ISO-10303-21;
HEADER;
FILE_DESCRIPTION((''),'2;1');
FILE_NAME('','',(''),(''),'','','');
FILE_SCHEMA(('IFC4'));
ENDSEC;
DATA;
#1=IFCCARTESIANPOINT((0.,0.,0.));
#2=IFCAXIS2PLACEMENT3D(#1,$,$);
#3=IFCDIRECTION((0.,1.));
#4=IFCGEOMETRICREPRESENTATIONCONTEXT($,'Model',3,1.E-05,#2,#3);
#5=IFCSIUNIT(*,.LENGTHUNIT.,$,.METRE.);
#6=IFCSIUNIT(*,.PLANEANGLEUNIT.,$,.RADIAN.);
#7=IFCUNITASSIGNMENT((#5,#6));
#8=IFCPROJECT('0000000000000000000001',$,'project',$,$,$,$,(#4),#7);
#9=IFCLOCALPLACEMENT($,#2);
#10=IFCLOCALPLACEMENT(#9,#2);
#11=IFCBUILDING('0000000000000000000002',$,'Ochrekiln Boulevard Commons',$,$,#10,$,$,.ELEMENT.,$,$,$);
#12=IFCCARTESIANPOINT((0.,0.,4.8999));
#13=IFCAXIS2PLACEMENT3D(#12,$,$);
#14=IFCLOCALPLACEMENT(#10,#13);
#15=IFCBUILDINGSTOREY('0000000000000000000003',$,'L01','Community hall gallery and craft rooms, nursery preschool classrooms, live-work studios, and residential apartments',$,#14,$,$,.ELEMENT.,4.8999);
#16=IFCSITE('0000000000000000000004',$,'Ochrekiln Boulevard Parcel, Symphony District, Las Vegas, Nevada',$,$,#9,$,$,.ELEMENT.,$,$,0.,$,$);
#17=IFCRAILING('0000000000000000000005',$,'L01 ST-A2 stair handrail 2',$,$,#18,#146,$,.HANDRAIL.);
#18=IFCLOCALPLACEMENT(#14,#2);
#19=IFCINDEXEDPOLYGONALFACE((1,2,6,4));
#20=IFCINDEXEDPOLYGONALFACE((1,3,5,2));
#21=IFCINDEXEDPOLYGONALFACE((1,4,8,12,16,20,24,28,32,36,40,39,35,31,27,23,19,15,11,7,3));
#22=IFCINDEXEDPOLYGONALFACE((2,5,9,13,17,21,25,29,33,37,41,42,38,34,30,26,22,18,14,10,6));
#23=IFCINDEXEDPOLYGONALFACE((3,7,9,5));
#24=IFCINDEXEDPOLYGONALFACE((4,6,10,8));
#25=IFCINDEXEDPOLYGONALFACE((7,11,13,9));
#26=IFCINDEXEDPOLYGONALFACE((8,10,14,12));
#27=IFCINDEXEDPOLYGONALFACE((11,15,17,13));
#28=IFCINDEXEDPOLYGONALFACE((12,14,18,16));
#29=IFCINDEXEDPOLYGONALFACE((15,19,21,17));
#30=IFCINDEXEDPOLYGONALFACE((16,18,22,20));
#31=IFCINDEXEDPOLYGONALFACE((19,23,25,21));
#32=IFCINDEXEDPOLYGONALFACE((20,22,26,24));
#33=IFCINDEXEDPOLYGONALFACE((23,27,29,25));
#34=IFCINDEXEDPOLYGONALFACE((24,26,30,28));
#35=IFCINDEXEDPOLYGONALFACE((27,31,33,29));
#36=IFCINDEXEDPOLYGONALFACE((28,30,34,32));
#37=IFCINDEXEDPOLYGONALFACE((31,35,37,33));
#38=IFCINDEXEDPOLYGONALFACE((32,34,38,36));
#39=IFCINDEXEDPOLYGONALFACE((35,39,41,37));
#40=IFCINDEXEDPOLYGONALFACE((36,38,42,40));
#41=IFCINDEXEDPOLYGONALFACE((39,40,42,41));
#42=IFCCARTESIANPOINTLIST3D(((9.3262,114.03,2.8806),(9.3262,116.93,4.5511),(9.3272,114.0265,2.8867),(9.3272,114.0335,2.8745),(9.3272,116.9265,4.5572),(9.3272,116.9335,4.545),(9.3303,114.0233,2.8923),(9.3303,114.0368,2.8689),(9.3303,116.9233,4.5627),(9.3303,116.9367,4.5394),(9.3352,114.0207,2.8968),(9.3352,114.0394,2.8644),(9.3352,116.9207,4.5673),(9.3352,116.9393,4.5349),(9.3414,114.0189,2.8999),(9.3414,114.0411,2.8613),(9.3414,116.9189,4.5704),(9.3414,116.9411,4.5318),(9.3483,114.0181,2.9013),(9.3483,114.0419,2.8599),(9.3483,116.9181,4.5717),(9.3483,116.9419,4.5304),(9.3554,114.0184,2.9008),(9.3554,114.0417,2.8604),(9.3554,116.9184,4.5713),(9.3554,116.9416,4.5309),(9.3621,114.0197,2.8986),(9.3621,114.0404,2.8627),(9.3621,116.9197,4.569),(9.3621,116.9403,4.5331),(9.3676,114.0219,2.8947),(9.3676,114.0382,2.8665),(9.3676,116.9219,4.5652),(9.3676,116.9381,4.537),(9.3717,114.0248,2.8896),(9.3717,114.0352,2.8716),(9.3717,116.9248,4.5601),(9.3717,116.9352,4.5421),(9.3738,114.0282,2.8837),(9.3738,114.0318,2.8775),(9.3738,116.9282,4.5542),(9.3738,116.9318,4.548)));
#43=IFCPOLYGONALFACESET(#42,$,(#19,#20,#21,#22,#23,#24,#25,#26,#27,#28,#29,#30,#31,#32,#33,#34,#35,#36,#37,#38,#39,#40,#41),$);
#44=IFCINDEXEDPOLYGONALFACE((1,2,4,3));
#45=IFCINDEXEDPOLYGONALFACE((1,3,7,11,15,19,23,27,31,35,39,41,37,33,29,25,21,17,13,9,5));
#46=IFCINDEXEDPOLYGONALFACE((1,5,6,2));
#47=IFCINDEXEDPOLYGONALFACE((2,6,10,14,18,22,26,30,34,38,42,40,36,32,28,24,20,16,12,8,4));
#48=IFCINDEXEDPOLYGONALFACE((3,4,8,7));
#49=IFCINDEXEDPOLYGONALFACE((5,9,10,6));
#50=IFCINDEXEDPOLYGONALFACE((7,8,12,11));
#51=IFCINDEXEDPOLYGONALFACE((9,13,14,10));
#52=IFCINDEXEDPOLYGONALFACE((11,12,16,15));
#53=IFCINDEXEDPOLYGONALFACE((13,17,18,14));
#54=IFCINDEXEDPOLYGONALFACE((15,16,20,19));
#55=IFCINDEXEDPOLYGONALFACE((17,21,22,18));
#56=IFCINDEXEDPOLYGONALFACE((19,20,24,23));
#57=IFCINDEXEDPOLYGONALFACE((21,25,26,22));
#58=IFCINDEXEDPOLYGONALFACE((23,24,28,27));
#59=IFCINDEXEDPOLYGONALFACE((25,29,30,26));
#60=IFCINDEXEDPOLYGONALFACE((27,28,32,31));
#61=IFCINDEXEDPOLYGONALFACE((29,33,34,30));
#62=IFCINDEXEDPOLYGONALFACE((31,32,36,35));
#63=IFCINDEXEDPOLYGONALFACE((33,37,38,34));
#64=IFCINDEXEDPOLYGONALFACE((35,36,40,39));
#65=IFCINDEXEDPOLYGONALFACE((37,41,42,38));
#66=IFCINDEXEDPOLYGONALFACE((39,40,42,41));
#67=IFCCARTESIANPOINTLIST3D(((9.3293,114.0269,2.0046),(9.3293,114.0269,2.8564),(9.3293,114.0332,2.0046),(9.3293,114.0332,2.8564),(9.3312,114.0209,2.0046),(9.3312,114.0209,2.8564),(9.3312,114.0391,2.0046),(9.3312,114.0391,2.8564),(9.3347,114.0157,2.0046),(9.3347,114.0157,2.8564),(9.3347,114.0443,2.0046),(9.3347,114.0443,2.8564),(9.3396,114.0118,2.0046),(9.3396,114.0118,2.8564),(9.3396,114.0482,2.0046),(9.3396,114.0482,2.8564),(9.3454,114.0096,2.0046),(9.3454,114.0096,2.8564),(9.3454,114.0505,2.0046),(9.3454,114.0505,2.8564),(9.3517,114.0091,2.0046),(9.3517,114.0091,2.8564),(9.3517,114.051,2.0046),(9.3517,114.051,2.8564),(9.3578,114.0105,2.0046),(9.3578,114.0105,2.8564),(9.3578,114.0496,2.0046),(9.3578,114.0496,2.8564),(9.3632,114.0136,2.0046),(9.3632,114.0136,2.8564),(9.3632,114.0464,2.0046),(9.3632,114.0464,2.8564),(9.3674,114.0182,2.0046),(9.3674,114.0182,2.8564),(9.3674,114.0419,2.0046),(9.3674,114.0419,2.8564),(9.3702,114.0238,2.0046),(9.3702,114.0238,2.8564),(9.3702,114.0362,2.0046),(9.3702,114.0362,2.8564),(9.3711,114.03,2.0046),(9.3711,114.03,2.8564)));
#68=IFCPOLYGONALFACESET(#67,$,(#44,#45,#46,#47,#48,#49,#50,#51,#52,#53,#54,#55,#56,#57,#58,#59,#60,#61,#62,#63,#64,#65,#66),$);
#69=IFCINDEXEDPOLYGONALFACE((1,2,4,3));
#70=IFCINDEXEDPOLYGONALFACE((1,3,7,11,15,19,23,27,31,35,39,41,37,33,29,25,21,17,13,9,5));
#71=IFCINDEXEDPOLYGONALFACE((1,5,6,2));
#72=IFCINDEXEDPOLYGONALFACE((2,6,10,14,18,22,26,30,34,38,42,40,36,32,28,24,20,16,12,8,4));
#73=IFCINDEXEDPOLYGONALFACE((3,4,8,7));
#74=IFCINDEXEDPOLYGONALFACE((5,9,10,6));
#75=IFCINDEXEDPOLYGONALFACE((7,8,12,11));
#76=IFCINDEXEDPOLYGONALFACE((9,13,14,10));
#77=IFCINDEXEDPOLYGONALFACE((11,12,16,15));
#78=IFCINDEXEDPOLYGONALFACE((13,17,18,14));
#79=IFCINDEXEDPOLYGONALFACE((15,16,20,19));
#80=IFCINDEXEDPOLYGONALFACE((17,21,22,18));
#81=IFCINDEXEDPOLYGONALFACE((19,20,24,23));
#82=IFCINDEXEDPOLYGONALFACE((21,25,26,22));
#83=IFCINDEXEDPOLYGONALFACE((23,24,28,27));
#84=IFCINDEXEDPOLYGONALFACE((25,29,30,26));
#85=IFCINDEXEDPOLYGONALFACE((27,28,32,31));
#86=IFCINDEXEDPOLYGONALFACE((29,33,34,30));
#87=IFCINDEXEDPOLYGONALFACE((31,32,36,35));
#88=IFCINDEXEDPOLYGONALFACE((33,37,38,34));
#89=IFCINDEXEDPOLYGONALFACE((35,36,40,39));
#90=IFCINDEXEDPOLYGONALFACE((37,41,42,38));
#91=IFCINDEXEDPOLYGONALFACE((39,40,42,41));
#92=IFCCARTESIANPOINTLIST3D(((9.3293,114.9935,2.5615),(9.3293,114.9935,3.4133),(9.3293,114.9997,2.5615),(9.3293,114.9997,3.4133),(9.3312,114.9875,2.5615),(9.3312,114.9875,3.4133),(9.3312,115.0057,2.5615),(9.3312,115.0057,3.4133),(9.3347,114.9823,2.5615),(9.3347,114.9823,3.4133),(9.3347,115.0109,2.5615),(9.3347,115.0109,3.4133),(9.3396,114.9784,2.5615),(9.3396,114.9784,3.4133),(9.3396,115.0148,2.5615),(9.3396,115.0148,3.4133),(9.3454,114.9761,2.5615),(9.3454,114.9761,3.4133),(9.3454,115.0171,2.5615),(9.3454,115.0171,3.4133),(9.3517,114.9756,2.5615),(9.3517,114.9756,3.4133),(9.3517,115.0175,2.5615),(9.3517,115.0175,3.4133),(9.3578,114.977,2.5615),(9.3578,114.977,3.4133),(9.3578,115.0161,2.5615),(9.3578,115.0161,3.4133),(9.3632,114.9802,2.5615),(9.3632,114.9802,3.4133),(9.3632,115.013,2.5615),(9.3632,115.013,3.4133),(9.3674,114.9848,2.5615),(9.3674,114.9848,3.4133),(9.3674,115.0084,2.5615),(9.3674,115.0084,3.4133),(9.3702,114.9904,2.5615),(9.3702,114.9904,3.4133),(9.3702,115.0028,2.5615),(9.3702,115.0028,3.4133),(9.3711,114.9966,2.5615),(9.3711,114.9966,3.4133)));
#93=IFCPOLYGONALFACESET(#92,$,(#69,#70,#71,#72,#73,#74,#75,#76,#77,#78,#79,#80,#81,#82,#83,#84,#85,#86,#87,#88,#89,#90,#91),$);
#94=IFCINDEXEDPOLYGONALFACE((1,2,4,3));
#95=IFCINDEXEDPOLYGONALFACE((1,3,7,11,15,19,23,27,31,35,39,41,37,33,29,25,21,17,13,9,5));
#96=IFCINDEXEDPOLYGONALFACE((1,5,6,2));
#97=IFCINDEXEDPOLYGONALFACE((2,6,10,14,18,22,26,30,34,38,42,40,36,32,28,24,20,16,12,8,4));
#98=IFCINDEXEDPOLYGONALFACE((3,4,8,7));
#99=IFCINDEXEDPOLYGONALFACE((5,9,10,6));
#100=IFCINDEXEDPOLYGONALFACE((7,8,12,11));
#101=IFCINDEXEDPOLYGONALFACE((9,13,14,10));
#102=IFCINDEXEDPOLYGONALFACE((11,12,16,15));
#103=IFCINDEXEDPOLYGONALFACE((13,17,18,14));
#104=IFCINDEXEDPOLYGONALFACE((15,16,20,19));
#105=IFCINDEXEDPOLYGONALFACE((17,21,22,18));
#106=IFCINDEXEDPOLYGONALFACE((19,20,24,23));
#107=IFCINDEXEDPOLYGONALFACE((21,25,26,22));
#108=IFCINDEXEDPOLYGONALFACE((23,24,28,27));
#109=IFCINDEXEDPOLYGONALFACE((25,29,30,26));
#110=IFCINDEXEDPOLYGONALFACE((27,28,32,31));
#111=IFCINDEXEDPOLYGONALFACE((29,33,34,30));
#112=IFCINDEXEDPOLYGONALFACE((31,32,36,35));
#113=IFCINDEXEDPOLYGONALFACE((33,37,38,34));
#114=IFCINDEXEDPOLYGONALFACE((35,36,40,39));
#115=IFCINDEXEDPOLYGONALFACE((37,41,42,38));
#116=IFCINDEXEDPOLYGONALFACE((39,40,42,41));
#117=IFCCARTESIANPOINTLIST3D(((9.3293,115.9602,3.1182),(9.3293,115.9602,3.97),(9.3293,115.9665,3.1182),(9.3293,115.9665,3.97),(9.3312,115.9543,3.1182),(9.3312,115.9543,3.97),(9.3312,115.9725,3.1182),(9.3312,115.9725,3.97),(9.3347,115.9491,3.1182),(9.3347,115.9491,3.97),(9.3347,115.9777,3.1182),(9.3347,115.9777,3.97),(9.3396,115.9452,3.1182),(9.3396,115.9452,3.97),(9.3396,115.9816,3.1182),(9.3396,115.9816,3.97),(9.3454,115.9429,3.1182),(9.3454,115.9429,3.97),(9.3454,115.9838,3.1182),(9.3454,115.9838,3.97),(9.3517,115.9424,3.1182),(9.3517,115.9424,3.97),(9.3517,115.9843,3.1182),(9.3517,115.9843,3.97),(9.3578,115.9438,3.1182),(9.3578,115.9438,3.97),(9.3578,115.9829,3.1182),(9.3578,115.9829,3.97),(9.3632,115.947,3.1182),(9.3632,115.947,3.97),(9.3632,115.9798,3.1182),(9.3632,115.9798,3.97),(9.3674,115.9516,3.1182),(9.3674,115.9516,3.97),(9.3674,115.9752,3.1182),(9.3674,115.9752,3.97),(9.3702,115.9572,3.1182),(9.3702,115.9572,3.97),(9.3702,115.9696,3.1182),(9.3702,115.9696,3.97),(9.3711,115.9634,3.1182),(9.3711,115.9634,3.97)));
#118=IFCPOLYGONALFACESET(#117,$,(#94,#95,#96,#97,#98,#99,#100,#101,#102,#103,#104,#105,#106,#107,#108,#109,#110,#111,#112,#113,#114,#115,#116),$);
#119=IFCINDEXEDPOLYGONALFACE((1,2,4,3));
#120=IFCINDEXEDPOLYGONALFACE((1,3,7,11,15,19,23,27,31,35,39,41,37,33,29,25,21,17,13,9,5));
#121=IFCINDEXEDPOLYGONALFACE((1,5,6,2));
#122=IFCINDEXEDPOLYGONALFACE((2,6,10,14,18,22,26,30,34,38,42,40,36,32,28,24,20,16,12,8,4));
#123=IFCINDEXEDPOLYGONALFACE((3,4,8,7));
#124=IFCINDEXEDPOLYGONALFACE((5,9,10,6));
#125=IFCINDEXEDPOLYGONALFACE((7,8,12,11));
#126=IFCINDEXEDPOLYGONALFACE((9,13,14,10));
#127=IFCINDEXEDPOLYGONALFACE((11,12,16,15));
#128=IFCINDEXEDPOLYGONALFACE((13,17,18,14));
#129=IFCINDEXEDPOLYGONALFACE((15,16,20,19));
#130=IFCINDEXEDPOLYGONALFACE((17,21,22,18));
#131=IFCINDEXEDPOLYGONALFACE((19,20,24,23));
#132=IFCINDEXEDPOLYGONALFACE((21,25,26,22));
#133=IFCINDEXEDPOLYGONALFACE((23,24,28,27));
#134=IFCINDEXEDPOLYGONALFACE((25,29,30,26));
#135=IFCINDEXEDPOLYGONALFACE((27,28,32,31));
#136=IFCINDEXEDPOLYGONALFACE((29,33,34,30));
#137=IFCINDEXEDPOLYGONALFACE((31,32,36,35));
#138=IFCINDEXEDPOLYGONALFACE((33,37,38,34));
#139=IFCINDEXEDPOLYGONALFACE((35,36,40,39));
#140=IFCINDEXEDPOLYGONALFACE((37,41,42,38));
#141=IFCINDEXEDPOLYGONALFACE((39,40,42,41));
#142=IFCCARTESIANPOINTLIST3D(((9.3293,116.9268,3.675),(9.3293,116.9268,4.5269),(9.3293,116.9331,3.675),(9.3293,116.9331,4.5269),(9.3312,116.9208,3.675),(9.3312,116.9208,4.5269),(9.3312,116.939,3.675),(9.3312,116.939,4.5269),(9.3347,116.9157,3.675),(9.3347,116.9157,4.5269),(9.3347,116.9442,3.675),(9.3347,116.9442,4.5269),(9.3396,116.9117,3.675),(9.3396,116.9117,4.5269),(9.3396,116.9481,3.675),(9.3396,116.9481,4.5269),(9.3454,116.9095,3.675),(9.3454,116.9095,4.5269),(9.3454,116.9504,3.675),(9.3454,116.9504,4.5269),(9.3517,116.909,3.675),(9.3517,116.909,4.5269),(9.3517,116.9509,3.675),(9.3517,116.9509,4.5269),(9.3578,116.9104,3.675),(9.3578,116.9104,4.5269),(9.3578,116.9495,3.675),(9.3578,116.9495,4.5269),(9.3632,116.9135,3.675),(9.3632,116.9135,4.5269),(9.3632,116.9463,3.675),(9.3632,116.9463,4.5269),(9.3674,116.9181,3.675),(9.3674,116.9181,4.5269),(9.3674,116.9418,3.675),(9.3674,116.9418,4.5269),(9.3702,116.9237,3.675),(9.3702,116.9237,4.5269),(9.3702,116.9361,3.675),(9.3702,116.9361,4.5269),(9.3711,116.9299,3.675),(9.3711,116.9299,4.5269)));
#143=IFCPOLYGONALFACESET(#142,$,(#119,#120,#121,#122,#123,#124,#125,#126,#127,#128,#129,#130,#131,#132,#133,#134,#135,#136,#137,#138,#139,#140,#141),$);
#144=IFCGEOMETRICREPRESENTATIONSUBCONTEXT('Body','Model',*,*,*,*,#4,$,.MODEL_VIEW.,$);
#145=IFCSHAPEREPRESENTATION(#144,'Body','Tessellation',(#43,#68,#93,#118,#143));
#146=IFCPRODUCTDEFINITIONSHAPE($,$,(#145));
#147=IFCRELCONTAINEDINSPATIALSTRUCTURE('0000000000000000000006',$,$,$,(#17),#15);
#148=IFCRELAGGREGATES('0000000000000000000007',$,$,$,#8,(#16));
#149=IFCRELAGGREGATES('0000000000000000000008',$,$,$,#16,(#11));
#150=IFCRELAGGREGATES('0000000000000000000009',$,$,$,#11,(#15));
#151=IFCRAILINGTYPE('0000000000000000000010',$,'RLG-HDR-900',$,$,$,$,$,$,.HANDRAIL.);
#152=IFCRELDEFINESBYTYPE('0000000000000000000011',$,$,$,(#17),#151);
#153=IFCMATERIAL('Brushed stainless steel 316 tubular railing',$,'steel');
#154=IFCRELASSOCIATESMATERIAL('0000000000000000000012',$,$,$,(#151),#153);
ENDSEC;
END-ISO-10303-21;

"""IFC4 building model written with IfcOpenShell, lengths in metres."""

from ifc_helpers import new_model, si_unit, direction, frame, origin, origin_2d, place, context, subcontext, project, spatial, circle, extrude, material, type_object, element, save


model = new_model("IFC4")

# Units and contexts
model_context = context("Model", 3, precision=1e-05, world=origin(), true_north=direction((0.0, 1.0)))
body_context = subcontext(model_context, "Body", "Model", "MODEL_VIEW")
ifc_project = project(units=[si_unit("LENGTHUNIT", "METRE"), si_unit("PLANEANGLEUNIT", "RADIAN")], contexts=[model_context])

# Site, building, storey
site_placement = place(None, origin())
site = spatial("IfcSite", under=ifc_project, at=site_placement, Name="Ochrekiln Boulevard Parcel, Symphony District, Las Vegas, Nevada", CompositionType="ELEMENT", RefElevation=0.0)
building_placement = place(site_placement, origin())
building = spatial("IfcBuilding", under=site, at=building_placement, Name="Ochrekiln Boulevard Commons", CompositionType="ELEMENT")
storey_placement = place(building_placement, frame((0.0, 0.0, 4.8999)))
storey = spatial("IfcBuildingStorey", under=building, at=storey_placement, Name="L01", Description="Community hall gallery and craft rooms, nursery preschool classrooms, live-work studios, and residential apartments", CompositionType="ELEMENT", Elevation=4.8999)

# Railing
ifc_material_1 = material(Name="Brushed stainless steel 316 tubular railing", Category="steel")
railing_type_1 = type_object("IfcRailingType", Name="RLG-HDR-900", PredefinedType="HANDRAIL", material=ifc_material_1)
railing_1_placement = place(storey_placement, frame((9.3501, 114.03, 2.0046)))
element("IfcRailing", 1, at=railing_1_placement, inside=storey, type_object=railing_type_1, Name="L01 ST-A2 stair handrail 2", PredefinedType="HANDRAIL", context=body_context, shape_type="SweptSolid", body=[
    extrude(circle(Radius=0.0239, at=origin_2d()), frame((0.0, 0.0, 0.876), z_axis=(0.0, 0.866523, 0.499137), x_axis=(-1.0, 0.0, 0.0)), (0.0, 0.0, 1.0), 3.3467),
    extrude(circle(Radius=0.021, at=origin_2d()), origin(), (0.0, 0.0, 1.0), 0.8518),
    extrude(circle(Radius=0.021, at=origin_2d()), frame((0.0, 0.9666, 0.5569)), (0.0, 0.0, 1.0), 0.8518),
    extrude(circle(Radius=0.021, at=origin_2d()), frame((0.0, 1.9333, 1.1135)), (0.0, 0.0, 1.0), 0.8518),
    extrude(circle(Radius=0.021, at=origin_2d()), frame((0.0, 2.8999, 1.6704)), (0.0, 0.0, 1.0), 0.8518),
])

save(model, "model.ifc")
